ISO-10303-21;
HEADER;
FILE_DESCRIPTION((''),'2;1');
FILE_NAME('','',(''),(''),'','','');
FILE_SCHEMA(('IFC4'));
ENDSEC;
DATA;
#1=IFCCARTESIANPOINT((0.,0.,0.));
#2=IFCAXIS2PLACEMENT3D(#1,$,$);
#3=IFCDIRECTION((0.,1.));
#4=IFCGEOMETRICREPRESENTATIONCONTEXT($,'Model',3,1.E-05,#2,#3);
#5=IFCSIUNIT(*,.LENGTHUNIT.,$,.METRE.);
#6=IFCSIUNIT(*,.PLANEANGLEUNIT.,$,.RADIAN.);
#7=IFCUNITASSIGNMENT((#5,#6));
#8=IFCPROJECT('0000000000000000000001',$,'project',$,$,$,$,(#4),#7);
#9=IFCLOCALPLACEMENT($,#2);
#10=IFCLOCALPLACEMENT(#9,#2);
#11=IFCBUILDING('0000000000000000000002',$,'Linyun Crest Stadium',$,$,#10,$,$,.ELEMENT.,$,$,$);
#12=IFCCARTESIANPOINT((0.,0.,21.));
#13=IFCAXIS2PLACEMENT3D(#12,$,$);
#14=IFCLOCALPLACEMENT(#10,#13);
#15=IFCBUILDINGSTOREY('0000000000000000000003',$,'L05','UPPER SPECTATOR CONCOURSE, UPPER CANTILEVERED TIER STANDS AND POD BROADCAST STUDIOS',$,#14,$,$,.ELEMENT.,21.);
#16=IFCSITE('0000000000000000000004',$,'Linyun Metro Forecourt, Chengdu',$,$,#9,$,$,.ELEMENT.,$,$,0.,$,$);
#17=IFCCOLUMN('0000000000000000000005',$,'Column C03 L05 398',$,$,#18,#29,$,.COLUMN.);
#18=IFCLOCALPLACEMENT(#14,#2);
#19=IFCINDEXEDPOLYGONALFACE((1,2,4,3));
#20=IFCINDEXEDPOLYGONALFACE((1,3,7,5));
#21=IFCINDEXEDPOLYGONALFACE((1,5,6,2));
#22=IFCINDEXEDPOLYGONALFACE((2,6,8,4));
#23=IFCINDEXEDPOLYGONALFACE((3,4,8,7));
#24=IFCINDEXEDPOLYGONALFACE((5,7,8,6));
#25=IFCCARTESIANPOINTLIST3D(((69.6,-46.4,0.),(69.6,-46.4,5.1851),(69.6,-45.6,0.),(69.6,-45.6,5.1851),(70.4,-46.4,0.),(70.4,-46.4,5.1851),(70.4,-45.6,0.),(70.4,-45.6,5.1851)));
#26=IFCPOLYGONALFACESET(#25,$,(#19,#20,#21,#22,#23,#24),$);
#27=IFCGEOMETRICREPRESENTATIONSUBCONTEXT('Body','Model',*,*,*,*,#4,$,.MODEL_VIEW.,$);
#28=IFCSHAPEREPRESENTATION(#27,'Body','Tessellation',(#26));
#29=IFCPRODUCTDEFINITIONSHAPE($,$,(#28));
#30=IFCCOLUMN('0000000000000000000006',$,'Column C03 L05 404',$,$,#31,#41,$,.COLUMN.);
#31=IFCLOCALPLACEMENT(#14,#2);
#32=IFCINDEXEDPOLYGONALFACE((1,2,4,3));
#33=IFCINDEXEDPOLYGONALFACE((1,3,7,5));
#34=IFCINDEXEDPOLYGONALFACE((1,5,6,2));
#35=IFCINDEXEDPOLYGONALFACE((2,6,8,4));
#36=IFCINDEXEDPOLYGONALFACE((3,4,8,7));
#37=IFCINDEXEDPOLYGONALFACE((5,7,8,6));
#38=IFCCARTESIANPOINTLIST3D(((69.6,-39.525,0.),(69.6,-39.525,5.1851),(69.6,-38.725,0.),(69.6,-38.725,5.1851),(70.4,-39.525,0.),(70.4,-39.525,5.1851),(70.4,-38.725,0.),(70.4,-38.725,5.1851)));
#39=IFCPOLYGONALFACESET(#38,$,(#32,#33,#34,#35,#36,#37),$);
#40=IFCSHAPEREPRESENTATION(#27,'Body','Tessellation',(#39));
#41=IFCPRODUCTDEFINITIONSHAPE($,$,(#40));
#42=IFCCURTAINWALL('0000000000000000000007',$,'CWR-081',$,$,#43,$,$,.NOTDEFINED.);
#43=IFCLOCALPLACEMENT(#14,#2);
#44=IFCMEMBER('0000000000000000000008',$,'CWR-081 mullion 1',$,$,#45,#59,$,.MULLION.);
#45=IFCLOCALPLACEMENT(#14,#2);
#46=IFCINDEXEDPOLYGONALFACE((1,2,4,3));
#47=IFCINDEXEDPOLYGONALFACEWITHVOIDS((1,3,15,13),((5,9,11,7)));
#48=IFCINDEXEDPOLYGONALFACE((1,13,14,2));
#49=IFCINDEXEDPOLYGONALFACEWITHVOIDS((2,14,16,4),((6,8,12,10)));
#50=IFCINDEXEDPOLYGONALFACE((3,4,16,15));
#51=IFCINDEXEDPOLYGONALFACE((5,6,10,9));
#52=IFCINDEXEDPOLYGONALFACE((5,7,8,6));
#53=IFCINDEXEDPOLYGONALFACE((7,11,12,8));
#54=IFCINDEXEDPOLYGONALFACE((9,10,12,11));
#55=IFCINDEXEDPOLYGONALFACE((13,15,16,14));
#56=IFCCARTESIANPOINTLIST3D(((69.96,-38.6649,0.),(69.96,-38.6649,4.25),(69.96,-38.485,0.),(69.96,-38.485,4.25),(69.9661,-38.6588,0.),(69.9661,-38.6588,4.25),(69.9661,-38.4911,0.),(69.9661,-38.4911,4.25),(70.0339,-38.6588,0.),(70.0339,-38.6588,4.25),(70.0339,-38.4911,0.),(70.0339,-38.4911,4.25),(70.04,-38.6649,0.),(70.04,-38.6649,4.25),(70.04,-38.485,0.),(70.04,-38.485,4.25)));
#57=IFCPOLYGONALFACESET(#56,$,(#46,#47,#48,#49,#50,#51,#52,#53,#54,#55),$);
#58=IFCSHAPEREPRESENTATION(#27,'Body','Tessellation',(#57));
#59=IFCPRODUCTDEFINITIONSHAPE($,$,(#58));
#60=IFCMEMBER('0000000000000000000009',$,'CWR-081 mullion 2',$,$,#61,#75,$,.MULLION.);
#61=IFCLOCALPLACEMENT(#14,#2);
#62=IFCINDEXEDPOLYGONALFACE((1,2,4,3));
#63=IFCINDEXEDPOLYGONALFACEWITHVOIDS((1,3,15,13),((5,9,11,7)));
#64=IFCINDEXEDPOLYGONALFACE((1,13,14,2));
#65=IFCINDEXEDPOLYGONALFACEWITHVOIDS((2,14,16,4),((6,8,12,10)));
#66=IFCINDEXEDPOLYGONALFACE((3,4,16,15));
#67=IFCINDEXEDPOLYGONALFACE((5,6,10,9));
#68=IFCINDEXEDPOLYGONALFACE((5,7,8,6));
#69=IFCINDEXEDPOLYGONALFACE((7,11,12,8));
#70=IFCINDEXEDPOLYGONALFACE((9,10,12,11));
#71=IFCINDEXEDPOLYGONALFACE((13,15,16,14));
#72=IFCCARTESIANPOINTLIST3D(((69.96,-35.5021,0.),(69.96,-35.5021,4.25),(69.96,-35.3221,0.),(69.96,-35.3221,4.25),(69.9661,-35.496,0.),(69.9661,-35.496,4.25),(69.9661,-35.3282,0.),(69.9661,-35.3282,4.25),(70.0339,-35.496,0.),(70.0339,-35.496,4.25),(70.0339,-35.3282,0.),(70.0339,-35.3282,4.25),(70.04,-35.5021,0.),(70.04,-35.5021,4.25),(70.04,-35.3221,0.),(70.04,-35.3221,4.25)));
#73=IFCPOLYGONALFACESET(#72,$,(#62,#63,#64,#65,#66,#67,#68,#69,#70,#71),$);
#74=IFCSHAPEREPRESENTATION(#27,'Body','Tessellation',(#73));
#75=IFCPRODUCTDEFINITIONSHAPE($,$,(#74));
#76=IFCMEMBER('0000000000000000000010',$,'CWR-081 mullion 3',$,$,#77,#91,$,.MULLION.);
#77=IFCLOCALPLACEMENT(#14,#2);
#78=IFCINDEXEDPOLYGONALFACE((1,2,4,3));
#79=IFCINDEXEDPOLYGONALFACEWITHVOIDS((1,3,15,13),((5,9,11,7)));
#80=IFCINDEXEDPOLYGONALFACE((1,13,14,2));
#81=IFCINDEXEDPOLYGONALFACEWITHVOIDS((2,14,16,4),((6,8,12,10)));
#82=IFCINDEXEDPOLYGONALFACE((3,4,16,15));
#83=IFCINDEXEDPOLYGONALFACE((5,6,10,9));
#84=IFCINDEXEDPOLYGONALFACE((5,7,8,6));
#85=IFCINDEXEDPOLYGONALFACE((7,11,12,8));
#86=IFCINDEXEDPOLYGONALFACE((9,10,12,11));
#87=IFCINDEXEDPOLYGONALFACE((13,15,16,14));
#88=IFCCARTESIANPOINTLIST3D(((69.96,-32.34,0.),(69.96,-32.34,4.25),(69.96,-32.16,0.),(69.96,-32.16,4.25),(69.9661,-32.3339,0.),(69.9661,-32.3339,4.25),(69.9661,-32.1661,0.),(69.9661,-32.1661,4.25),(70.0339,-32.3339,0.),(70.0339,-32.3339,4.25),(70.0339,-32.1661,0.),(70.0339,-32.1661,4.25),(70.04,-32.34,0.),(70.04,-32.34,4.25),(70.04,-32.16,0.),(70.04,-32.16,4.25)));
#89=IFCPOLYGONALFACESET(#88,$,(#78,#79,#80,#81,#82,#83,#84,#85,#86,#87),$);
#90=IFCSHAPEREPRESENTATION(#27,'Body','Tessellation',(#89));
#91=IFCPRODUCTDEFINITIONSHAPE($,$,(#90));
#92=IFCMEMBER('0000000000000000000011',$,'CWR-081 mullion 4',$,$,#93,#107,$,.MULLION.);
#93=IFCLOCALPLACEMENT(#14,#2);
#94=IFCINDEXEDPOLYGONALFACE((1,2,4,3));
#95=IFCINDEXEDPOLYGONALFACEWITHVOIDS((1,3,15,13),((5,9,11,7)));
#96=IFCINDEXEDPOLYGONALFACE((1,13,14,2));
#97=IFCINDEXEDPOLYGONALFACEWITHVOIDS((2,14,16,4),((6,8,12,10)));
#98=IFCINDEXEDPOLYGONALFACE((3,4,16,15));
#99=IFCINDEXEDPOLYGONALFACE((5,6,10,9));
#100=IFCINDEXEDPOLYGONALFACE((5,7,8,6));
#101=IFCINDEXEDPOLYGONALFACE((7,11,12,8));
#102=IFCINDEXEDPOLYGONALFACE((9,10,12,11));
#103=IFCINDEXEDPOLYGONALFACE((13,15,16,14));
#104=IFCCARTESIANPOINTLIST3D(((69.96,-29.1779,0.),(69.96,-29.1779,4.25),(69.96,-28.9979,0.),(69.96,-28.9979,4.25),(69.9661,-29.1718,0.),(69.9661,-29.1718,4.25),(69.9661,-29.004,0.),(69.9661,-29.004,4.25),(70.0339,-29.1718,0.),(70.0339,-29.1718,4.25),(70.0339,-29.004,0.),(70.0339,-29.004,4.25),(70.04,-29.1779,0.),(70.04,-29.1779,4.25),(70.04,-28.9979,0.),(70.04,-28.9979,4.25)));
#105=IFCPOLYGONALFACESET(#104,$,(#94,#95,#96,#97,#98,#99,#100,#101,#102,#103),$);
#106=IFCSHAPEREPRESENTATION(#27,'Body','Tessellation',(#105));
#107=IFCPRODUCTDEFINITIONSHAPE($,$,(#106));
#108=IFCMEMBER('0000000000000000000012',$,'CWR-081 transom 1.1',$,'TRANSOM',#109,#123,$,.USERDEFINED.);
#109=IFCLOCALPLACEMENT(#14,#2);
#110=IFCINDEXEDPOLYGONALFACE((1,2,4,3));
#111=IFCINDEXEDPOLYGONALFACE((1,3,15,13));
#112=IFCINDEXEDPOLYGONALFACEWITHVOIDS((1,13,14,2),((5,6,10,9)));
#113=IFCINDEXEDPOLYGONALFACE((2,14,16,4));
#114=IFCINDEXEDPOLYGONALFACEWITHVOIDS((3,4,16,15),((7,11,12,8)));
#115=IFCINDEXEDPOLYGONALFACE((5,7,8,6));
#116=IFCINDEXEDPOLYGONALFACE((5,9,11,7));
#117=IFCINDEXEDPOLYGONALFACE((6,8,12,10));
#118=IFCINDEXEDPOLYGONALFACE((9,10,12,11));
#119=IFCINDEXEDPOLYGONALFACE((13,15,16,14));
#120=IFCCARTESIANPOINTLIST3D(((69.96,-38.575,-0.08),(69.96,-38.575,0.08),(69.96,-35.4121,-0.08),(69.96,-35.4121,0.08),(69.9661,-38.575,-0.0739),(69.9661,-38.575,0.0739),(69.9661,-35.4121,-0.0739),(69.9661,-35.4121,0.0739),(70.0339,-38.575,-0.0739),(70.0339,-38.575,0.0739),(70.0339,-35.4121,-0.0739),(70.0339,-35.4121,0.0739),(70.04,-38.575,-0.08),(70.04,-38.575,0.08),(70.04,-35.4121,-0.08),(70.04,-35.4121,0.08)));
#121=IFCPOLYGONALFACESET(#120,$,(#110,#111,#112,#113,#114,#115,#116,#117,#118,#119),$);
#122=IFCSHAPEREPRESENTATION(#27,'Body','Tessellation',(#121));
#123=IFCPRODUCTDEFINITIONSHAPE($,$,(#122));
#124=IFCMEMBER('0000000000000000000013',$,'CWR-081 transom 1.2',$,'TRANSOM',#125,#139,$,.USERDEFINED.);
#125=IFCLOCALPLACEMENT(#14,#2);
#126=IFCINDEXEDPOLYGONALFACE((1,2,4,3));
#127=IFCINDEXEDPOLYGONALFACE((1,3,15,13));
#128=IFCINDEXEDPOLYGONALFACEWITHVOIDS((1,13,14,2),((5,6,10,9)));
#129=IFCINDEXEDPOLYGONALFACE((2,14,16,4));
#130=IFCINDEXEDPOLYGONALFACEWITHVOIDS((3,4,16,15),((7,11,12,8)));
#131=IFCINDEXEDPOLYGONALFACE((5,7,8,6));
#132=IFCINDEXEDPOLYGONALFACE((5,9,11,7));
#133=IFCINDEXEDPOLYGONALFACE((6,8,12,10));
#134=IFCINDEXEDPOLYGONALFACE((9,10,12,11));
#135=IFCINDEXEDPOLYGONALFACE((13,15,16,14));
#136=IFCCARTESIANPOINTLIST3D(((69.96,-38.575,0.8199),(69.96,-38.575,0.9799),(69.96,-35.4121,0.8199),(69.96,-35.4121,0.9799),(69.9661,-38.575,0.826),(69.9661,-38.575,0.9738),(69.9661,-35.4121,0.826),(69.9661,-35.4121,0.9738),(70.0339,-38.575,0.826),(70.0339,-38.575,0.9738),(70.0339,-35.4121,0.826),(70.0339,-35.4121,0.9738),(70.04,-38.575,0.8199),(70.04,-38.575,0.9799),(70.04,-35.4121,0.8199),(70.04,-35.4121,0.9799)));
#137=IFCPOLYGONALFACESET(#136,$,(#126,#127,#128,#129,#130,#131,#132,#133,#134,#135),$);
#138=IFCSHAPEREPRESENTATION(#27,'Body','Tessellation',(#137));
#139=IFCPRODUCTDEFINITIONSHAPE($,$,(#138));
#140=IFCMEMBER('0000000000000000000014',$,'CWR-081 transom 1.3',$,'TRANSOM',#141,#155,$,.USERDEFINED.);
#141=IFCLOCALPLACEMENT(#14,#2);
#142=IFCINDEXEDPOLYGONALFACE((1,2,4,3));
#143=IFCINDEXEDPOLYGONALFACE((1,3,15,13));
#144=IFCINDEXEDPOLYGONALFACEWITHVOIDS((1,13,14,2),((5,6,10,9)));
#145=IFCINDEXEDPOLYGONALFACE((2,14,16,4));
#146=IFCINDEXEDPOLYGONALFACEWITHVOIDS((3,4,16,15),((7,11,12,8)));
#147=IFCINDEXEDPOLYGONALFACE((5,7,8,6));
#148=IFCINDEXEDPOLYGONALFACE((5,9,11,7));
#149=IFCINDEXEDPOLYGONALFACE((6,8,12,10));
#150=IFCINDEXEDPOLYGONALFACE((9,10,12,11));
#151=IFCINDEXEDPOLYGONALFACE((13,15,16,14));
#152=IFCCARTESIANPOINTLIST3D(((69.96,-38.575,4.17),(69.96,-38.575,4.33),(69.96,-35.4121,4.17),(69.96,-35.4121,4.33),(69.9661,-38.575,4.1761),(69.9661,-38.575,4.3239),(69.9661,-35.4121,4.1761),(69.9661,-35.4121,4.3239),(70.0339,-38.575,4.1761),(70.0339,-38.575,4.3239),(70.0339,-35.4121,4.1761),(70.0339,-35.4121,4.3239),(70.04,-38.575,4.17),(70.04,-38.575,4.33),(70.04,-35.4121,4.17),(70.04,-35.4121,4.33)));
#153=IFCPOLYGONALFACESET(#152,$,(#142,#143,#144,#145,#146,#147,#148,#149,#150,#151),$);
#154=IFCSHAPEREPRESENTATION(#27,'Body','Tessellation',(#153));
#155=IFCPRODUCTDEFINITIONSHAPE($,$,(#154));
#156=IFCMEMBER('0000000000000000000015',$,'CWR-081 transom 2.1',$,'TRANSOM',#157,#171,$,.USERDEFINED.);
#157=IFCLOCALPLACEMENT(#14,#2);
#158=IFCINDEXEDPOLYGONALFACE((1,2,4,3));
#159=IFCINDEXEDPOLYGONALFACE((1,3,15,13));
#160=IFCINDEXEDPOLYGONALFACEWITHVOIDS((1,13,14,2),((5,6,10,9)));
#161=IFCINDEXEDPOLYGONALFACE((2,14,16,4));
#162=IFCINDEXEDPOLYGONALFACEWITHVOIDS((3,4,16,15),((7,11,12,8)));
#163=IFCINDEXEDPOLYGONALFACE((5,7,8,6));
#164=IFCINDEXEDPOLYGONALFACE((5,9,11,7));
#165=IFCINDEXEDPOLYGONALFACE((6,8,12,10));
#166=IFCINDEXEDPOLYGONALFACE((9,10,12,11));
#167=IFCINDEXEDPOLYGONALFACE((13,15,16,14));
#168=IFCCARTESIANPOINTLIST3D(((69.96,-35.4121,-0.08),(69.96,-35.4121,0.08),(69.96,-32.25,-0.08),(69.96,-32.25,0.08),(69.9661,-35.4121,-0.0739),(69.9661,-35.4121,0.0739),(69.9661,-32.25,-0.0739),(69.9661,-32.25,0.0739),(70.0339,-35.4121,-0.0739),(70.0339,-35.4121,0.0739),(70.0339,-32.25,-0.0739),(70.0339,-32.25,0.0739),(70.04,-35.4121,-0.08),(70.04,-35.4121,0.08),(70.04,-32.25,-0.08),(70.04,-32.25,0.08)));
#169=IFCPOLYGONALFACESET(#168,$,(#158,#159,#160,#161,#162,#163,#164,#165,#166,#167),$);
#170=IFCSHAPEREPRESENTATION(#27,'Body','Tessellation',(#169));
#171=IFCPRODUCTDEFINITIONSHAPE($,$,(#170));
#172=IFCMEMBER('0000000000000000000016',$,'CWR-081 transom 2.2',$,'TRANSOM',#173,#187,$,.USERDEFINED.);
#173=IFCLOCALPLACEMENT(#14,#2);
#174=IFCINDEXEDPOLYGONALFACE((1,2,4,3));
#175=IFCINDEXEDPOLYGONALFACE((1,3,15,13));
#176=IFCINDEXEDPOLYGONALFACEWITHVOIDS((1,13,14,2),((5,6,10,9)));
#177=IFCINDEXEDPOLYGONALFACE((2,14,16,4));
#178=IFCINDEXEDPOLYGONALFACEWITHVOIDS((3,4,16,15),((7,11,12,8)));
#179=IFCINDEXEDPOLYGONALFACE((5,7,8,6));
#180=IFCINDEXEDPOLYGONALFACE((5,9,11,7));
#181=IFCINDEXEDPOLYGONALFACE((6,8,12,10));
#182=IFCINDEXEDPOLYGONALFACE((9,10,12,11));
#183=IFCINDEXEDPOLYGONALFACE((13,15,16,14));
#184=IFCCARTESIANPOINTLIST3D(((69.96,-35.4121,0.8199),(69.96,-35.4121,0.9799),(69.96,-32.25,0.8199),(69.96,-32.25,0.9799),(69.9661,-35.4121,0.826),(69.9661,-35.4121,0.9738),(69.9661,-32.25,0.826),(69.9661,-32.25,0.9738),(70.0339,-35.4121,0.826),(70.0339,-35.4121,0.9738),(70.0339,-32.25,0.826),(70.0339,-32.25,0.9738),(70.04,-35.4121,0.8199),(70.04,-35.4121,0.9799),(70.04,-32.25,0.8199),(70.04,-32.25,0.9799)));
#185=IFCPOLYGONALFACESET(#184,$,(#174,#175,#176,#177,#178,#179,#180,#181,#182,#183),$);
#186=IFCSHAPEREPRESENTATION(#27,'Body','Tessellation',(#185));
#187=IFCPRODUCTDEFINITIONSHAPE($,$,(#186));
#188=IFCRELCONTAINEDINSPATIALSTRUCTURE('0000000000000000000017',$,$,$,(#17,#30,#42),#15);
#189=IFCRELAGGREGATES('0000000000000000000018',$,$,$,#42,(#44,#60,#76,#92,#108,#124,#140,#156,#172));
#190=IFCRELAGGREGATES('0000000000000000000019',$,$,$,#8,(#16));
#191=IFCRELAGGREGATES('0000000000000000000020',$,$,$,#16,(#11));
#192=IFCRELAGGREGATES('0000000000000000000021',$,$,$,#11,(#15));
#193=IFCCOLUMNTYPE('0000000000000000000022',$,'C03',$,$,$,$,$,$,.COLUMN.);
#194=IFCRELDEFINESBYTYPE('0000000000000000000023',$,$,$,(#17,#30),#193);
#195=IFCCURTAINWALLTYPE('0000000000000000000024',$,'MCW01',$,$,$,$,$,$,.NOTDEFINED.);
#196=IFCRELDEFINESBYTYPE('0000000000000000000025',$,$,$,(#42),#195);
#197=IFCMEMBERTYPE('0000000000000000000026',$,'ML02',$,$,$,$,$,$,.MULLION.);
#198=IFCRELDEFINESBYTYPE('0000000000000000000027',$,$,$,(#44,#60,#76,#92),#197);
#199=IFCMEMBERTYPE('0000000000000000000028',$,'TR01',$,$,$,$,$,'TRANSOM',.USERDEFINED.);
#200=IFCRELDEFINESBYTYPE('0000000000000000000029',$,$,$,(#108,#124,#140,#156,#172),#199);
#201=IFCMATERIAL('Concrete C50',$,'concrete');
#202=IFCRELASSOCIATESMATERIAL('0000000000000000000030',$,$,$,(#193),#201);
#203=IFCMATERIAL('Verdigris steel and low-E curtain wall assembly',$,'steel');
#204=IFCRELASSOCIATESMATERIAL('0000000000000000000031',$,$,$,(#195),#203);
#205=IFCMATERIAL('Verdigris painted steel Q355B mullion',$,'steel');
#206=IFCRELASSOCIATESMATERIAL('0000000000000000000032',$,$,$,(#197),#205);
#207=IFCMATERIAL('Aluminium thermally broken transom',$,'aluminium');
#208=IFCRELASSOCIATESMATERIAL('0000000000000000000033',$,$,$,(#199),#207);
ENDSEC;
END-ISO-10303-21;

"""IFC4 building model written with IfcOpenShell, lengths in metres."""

from ifc_helpers import new_model, si_unit, direction, frame, origin, origin_2d, place, context, subcontext, project, spatial, rectangle, hollow_rectangle, extrude, material, material_profile, profile_set, type_object, element, aggregate, save


model = new_model("IFC4")

# Units and contexts
model_context = context("Model", 3, precision=1e-05, world=origin(), true_north=direction((0.0, 1.0)))
body_context = subcontext(model_context, "Body", "Model", "MODEL_VIEW")
ifc_project = project(units=[si_unit("LENGTHUNIT", "METRE"), si_unit("PLANEANGLEUNIT", "RADIAN")], contexts=[model_context])

# Site, building, storey
site_placement = place(None, origin())
site = spatial("IfcSite", under=ifc_project, at=site_placement, Name="Linyun Metro Forecourt, Chengdu", CompositionType="ELEMENT", RefElevation=0.0)
building_placement = place(site_placement, origin())
building = spatial("IfcBuilding", under=site, at=building_placement, Name="Linyun Crest Stadium", CompositionType="ELEMENT")
storey_placement = place(building_placement, frame((0.0, 0.0, 21.0)))
storey = spatial("IfcBuildingStorey", under=building, at=storey_placement, Name="L05", Description="UPPER SPECTATOR CONCOURSE, UPPER CANTILEVERED TIER STANDS AND POD BROADCAST STUDIOS", CompositionType="ELEMENT", Elevation=21.0)

# Columns
ifc_material_1 = material(Name="Concrete C50", Category="concrete")
ifc_material_profile_1 = material_profile(ifc_material_1, rectangle(XDim=0.8, YDim=0.8, at=origin_2d()), Name="RC 800x800")
ifc_profile_set_1 = profile_set([ifc_material_profile_1], Name="Concrete C50")
column_type = type_object("IfcColumnType", Name="C03", PredefinedType="COLUMN", material=ifc_profile_set_1)
for number, where, z_axis, x_axis, name in (
    (1, (70.0, -46.0, 0.0), (0.0, 0.0, 1.0), (1.0, 0.0, 0.0), "Column C03 L05 398"),
    (2, (70.0, -39.125, 0.0), (0.0, 0.0, 1.0), (1.0, 0.0, 0.0), "Column C03 L05 404"),
):
    element("IfcColumn", number, at=place(storey_placement, frame(where, z_axis=z_axis, x_axis=x_axis)), inside=storey, type_object=column_type, Name=name, PredefinedType="COLUMN", context=body_context, shape_type="SweptSolid", body=[
        extrude(rectangle(XDim=0.8, YDim=0.8, at=origin_2d()), origin(), (0.0, 0.0, 1.0), 5.1851),
    ])

# Curtain wall, members
ifc_material_2 = material(Name="Verdigris steel and low-E curtain wall assembly", Category="steel")
curtain_wall_type = type_object("IfcCurtainWallType", Name="MCW01", PredefinedType="NOTDEFINED", material=ifc_material_2)
curtain_wall_placement = place(storey_placement, origin())
curtain_wall = element("IfcCurtainWall", 3, at=curtain_wall_placement, inside=storey, type_object=curtain_wall_type, Name="CWR-081", PredefinedType="NOTDEFINED")
ifc_material_3 = material(Name="Verdigris painted steel Q355B mullion", Category="steel")
ifc_material_profile_2 = material_profile(ifc_material_3, hollow_rectangle(XDim=0.0801, YDim=0.1799, WallThickness=0.0061, at=origin_2d()), Name="RHS 180x80x6")
ifc_profile_set_2 = profile_set([ifc_material_profile_2], Name="Verdigris painted steel Q355B mullion")
member_type_1 = type_object("IfcMemberType", Name="ML02", PredefinedType="MULLION", material=ifc_profile_set_2)
member_1_placement = place(storey_placement, frame((70.0, -38.575, 0.0), z_axis=(0.0, 0.0, 1.0), x_axis=(-1.0, 0.0, 0.0)))
member_1 = element("IfcMember", 4, at=member_1_placement, type_object=member_type_1, Name="CWR-081 mullion 1", PredefinedType="MULLION", context=body_context, shape_type="SweptSolid", body=[
    extrude(hollow_rectangle(XDim=0.0801, YDim=0.1799, WallThickness=0.0061, at=origin_2d()), origin(), (0.0, 0.0, 1.0), 4.25),
])
member_2_placement = place(storey_placement, frame((70.0, -35.4121, 0.0), z_axis=(0.0, 0.0, 1.0), x_axis=(-1.0, 0.0, 0.0)))
member_2 = element("IfcMember", 5, at=member_2_placement, type_object=member_type_1, Name="CWR-081 mullion 2", PredefinedType="MULLION", context=body_context, shape_type="SweptSolid", body=[
    extrude(hollow_rectangle(XDim=0.0801, YDim=0.1799, WallThickness=0.0061, at=origin_2d()), origin(), (0.0, 0.0, 1.0), 4.25),
])
member_3_placement = place(storey_placement, frame((70.0, -32.25, 0.0), z_axis=(0.0, 0.0, 1.0), x_axis=(-1.0, 0.0, 0.0)))
member_3 = element("IfcMember", 6, at=member_3_placement, type_object=member_type_1, Name="CWR-081 mullion 3", PredefinedType="MULLION", context=body_context, shape_type="SweptSolid", body=[
    extrude(hollow_rectangle(XDim=0.0801, YDim=0.1799, WallThickness=0.0061, at=origin_2d()), origin(), (0.0, 0.0, 1.0), 4.25),
])
member_4_placement = place(storey_placement, frame((70.0, -29.0879, 0.0), z_axis=(0.0, 0.0, 1.0), x_axis=(-1.0, 0.0, 0.0)))
member_4 = element("IfcMember", 7, at=member_4_placement, type_object=member_type_1, Name="CWR-081 mullion 4", PredefinedType="MULLION", context=body_context, shape_type="SweptSolid", body=[
    extrude(hollow_rectangle(XDim=0.0801, YDim=0.1799, WallThickness=0.0061, at=origin_2d()), origin(), (0.0, 0.0, 1.0), 4.25),
])
ifc_material_4 = material(Name="Aluminium thermally broken transom", Category="aluminium")
ifc_material_profile_3 = material_profile(ifc_material_4, hollow_rectangle(XDim=0.0801, YDim=0.1599, WallThickness=0.0061, at=origin_2d()), Name="RHS 160x80x6")
ifc_profile_set_3 = profile_set([ifc_material_profile_3], Name="Aluminium thermally broken transom")
member_type_2 = type_object("IfcMemberType", Name="TR01", ElementType="TRANSOM", PredefinedType="USERDEFINED", material=ifc_profile_set_3)
member_5_placement = place(storey_placement, frame((70.0, -38.575, 0.0), z_axis=(0.0, 1.0, 0.0), x_axis=(-1.0, 0.0, 0.0)))
member_5 = element("IfcMember", 8, at=member_5_placement, type_object=member_type_2, Name="CWR-081 transom 1.1", ObjectType="TRANSOM", PredefinedType="USERDEFINED", context=body_context, shape_type="SweptSolid", body=[
    extrude(hollow_rectangle(XDim=0.0801, YDim=0.1599, WallThickness=0.0061, at=origin_2d()), origin(), (0.0, 0.0, 1.0), 3.1628),
])
member_6_placement = place(storey_placement, frame((70.0, -38.575, 0.8999), z_axis=(0.0, 1.0, 0.0), x_axis=(-1.0, 0.0, 0.0)))
member_6 = element("IfcMember", 9, at=member_6_placement, type_object=member_type_2, Name="CWR-081 transom 1.2", ObjectType="TRANSOM", PredefinedType="USERDEFINED", context=body_context, shape_type="SweptSolid", body=[
    extrude(hollow_rectangle(XDim=0.0801, YDim=0.1599, WallThickness=0.0061, at=origin_2d()), origin(), (0.0, 0.0, 1.0), 3.1628),
])
member_7_placement = place(storey_placement, frame((70.0, -38.575, 4.25), z_axis=(0.0, 1.0, 0.0), x_axis=(-1.0, 0.0, 0.0)))
member_7 = element("IfcMember", 10, at=member_7_placement, type_object=member_type_2, Name="CWR-081 transom 1.3", ObjectType="TRANSOM", PredefinedType="USERDEFINED", context=body_context, shape_type="SweptSolid", body=[
    extrude(hollow_rectangle(XDim=0.0801, YDim=0.1599, WallThickness=0.0061, at=origin_2d()), origin(), (0.0, 0.0, 1.0), 3.1628),
])
member_8_placement = place(storey_placement, frame((70.0, -35.4121, 0.0), z_axis=(0.0, 1.0, 0.0), x_axis=(-1.0, 0.0, 0.0)))
member_8 = element("IfcMember", 11, at=member_8_placement, type_object=member_type_2, Name="CWR-081 transom 2.1", ObjectType="TRANSOM", PredefinedType="USERDEFINED", context=body_context, shape_type="SweptSolid", body=[
    extrude(hollow_rectangle(XDim=0.0801, YDim=0.1599, WallThickness=0.0061, at=origin_2d()), origin(), (0.0, 0.0, 1.0), 3.1621),
])
member_9_placement = place(storey_placement, frame((70.0, -35.4121, 0.8999), z_axis=(0.0, 1.0, 0.0), x_axis=(-1.0, 0.0, 0.0)))
member_9 = element("IfcMember", 12, at=member_9_placement, type_object=member_type_2, Name="CWR-081 transom 2.2", ObjectType="TRANSOM", PredefinedType="USERDEFINED", context=body_context, shape_type="SweptSolid", body=[
    extrude(hollow_rectangle(XDim=0.0801, YDim=0.1599, WallThickness=0.0061, at=origin_2d()), origin(), (0.0, 0.0, 1.0), 3.1621),
])
aggregate(curtain_wall, [member_1, member_2, member_3, member_4, member_5, member_6, member_7, member_8, member_9])

save(model, "model.ifc")
